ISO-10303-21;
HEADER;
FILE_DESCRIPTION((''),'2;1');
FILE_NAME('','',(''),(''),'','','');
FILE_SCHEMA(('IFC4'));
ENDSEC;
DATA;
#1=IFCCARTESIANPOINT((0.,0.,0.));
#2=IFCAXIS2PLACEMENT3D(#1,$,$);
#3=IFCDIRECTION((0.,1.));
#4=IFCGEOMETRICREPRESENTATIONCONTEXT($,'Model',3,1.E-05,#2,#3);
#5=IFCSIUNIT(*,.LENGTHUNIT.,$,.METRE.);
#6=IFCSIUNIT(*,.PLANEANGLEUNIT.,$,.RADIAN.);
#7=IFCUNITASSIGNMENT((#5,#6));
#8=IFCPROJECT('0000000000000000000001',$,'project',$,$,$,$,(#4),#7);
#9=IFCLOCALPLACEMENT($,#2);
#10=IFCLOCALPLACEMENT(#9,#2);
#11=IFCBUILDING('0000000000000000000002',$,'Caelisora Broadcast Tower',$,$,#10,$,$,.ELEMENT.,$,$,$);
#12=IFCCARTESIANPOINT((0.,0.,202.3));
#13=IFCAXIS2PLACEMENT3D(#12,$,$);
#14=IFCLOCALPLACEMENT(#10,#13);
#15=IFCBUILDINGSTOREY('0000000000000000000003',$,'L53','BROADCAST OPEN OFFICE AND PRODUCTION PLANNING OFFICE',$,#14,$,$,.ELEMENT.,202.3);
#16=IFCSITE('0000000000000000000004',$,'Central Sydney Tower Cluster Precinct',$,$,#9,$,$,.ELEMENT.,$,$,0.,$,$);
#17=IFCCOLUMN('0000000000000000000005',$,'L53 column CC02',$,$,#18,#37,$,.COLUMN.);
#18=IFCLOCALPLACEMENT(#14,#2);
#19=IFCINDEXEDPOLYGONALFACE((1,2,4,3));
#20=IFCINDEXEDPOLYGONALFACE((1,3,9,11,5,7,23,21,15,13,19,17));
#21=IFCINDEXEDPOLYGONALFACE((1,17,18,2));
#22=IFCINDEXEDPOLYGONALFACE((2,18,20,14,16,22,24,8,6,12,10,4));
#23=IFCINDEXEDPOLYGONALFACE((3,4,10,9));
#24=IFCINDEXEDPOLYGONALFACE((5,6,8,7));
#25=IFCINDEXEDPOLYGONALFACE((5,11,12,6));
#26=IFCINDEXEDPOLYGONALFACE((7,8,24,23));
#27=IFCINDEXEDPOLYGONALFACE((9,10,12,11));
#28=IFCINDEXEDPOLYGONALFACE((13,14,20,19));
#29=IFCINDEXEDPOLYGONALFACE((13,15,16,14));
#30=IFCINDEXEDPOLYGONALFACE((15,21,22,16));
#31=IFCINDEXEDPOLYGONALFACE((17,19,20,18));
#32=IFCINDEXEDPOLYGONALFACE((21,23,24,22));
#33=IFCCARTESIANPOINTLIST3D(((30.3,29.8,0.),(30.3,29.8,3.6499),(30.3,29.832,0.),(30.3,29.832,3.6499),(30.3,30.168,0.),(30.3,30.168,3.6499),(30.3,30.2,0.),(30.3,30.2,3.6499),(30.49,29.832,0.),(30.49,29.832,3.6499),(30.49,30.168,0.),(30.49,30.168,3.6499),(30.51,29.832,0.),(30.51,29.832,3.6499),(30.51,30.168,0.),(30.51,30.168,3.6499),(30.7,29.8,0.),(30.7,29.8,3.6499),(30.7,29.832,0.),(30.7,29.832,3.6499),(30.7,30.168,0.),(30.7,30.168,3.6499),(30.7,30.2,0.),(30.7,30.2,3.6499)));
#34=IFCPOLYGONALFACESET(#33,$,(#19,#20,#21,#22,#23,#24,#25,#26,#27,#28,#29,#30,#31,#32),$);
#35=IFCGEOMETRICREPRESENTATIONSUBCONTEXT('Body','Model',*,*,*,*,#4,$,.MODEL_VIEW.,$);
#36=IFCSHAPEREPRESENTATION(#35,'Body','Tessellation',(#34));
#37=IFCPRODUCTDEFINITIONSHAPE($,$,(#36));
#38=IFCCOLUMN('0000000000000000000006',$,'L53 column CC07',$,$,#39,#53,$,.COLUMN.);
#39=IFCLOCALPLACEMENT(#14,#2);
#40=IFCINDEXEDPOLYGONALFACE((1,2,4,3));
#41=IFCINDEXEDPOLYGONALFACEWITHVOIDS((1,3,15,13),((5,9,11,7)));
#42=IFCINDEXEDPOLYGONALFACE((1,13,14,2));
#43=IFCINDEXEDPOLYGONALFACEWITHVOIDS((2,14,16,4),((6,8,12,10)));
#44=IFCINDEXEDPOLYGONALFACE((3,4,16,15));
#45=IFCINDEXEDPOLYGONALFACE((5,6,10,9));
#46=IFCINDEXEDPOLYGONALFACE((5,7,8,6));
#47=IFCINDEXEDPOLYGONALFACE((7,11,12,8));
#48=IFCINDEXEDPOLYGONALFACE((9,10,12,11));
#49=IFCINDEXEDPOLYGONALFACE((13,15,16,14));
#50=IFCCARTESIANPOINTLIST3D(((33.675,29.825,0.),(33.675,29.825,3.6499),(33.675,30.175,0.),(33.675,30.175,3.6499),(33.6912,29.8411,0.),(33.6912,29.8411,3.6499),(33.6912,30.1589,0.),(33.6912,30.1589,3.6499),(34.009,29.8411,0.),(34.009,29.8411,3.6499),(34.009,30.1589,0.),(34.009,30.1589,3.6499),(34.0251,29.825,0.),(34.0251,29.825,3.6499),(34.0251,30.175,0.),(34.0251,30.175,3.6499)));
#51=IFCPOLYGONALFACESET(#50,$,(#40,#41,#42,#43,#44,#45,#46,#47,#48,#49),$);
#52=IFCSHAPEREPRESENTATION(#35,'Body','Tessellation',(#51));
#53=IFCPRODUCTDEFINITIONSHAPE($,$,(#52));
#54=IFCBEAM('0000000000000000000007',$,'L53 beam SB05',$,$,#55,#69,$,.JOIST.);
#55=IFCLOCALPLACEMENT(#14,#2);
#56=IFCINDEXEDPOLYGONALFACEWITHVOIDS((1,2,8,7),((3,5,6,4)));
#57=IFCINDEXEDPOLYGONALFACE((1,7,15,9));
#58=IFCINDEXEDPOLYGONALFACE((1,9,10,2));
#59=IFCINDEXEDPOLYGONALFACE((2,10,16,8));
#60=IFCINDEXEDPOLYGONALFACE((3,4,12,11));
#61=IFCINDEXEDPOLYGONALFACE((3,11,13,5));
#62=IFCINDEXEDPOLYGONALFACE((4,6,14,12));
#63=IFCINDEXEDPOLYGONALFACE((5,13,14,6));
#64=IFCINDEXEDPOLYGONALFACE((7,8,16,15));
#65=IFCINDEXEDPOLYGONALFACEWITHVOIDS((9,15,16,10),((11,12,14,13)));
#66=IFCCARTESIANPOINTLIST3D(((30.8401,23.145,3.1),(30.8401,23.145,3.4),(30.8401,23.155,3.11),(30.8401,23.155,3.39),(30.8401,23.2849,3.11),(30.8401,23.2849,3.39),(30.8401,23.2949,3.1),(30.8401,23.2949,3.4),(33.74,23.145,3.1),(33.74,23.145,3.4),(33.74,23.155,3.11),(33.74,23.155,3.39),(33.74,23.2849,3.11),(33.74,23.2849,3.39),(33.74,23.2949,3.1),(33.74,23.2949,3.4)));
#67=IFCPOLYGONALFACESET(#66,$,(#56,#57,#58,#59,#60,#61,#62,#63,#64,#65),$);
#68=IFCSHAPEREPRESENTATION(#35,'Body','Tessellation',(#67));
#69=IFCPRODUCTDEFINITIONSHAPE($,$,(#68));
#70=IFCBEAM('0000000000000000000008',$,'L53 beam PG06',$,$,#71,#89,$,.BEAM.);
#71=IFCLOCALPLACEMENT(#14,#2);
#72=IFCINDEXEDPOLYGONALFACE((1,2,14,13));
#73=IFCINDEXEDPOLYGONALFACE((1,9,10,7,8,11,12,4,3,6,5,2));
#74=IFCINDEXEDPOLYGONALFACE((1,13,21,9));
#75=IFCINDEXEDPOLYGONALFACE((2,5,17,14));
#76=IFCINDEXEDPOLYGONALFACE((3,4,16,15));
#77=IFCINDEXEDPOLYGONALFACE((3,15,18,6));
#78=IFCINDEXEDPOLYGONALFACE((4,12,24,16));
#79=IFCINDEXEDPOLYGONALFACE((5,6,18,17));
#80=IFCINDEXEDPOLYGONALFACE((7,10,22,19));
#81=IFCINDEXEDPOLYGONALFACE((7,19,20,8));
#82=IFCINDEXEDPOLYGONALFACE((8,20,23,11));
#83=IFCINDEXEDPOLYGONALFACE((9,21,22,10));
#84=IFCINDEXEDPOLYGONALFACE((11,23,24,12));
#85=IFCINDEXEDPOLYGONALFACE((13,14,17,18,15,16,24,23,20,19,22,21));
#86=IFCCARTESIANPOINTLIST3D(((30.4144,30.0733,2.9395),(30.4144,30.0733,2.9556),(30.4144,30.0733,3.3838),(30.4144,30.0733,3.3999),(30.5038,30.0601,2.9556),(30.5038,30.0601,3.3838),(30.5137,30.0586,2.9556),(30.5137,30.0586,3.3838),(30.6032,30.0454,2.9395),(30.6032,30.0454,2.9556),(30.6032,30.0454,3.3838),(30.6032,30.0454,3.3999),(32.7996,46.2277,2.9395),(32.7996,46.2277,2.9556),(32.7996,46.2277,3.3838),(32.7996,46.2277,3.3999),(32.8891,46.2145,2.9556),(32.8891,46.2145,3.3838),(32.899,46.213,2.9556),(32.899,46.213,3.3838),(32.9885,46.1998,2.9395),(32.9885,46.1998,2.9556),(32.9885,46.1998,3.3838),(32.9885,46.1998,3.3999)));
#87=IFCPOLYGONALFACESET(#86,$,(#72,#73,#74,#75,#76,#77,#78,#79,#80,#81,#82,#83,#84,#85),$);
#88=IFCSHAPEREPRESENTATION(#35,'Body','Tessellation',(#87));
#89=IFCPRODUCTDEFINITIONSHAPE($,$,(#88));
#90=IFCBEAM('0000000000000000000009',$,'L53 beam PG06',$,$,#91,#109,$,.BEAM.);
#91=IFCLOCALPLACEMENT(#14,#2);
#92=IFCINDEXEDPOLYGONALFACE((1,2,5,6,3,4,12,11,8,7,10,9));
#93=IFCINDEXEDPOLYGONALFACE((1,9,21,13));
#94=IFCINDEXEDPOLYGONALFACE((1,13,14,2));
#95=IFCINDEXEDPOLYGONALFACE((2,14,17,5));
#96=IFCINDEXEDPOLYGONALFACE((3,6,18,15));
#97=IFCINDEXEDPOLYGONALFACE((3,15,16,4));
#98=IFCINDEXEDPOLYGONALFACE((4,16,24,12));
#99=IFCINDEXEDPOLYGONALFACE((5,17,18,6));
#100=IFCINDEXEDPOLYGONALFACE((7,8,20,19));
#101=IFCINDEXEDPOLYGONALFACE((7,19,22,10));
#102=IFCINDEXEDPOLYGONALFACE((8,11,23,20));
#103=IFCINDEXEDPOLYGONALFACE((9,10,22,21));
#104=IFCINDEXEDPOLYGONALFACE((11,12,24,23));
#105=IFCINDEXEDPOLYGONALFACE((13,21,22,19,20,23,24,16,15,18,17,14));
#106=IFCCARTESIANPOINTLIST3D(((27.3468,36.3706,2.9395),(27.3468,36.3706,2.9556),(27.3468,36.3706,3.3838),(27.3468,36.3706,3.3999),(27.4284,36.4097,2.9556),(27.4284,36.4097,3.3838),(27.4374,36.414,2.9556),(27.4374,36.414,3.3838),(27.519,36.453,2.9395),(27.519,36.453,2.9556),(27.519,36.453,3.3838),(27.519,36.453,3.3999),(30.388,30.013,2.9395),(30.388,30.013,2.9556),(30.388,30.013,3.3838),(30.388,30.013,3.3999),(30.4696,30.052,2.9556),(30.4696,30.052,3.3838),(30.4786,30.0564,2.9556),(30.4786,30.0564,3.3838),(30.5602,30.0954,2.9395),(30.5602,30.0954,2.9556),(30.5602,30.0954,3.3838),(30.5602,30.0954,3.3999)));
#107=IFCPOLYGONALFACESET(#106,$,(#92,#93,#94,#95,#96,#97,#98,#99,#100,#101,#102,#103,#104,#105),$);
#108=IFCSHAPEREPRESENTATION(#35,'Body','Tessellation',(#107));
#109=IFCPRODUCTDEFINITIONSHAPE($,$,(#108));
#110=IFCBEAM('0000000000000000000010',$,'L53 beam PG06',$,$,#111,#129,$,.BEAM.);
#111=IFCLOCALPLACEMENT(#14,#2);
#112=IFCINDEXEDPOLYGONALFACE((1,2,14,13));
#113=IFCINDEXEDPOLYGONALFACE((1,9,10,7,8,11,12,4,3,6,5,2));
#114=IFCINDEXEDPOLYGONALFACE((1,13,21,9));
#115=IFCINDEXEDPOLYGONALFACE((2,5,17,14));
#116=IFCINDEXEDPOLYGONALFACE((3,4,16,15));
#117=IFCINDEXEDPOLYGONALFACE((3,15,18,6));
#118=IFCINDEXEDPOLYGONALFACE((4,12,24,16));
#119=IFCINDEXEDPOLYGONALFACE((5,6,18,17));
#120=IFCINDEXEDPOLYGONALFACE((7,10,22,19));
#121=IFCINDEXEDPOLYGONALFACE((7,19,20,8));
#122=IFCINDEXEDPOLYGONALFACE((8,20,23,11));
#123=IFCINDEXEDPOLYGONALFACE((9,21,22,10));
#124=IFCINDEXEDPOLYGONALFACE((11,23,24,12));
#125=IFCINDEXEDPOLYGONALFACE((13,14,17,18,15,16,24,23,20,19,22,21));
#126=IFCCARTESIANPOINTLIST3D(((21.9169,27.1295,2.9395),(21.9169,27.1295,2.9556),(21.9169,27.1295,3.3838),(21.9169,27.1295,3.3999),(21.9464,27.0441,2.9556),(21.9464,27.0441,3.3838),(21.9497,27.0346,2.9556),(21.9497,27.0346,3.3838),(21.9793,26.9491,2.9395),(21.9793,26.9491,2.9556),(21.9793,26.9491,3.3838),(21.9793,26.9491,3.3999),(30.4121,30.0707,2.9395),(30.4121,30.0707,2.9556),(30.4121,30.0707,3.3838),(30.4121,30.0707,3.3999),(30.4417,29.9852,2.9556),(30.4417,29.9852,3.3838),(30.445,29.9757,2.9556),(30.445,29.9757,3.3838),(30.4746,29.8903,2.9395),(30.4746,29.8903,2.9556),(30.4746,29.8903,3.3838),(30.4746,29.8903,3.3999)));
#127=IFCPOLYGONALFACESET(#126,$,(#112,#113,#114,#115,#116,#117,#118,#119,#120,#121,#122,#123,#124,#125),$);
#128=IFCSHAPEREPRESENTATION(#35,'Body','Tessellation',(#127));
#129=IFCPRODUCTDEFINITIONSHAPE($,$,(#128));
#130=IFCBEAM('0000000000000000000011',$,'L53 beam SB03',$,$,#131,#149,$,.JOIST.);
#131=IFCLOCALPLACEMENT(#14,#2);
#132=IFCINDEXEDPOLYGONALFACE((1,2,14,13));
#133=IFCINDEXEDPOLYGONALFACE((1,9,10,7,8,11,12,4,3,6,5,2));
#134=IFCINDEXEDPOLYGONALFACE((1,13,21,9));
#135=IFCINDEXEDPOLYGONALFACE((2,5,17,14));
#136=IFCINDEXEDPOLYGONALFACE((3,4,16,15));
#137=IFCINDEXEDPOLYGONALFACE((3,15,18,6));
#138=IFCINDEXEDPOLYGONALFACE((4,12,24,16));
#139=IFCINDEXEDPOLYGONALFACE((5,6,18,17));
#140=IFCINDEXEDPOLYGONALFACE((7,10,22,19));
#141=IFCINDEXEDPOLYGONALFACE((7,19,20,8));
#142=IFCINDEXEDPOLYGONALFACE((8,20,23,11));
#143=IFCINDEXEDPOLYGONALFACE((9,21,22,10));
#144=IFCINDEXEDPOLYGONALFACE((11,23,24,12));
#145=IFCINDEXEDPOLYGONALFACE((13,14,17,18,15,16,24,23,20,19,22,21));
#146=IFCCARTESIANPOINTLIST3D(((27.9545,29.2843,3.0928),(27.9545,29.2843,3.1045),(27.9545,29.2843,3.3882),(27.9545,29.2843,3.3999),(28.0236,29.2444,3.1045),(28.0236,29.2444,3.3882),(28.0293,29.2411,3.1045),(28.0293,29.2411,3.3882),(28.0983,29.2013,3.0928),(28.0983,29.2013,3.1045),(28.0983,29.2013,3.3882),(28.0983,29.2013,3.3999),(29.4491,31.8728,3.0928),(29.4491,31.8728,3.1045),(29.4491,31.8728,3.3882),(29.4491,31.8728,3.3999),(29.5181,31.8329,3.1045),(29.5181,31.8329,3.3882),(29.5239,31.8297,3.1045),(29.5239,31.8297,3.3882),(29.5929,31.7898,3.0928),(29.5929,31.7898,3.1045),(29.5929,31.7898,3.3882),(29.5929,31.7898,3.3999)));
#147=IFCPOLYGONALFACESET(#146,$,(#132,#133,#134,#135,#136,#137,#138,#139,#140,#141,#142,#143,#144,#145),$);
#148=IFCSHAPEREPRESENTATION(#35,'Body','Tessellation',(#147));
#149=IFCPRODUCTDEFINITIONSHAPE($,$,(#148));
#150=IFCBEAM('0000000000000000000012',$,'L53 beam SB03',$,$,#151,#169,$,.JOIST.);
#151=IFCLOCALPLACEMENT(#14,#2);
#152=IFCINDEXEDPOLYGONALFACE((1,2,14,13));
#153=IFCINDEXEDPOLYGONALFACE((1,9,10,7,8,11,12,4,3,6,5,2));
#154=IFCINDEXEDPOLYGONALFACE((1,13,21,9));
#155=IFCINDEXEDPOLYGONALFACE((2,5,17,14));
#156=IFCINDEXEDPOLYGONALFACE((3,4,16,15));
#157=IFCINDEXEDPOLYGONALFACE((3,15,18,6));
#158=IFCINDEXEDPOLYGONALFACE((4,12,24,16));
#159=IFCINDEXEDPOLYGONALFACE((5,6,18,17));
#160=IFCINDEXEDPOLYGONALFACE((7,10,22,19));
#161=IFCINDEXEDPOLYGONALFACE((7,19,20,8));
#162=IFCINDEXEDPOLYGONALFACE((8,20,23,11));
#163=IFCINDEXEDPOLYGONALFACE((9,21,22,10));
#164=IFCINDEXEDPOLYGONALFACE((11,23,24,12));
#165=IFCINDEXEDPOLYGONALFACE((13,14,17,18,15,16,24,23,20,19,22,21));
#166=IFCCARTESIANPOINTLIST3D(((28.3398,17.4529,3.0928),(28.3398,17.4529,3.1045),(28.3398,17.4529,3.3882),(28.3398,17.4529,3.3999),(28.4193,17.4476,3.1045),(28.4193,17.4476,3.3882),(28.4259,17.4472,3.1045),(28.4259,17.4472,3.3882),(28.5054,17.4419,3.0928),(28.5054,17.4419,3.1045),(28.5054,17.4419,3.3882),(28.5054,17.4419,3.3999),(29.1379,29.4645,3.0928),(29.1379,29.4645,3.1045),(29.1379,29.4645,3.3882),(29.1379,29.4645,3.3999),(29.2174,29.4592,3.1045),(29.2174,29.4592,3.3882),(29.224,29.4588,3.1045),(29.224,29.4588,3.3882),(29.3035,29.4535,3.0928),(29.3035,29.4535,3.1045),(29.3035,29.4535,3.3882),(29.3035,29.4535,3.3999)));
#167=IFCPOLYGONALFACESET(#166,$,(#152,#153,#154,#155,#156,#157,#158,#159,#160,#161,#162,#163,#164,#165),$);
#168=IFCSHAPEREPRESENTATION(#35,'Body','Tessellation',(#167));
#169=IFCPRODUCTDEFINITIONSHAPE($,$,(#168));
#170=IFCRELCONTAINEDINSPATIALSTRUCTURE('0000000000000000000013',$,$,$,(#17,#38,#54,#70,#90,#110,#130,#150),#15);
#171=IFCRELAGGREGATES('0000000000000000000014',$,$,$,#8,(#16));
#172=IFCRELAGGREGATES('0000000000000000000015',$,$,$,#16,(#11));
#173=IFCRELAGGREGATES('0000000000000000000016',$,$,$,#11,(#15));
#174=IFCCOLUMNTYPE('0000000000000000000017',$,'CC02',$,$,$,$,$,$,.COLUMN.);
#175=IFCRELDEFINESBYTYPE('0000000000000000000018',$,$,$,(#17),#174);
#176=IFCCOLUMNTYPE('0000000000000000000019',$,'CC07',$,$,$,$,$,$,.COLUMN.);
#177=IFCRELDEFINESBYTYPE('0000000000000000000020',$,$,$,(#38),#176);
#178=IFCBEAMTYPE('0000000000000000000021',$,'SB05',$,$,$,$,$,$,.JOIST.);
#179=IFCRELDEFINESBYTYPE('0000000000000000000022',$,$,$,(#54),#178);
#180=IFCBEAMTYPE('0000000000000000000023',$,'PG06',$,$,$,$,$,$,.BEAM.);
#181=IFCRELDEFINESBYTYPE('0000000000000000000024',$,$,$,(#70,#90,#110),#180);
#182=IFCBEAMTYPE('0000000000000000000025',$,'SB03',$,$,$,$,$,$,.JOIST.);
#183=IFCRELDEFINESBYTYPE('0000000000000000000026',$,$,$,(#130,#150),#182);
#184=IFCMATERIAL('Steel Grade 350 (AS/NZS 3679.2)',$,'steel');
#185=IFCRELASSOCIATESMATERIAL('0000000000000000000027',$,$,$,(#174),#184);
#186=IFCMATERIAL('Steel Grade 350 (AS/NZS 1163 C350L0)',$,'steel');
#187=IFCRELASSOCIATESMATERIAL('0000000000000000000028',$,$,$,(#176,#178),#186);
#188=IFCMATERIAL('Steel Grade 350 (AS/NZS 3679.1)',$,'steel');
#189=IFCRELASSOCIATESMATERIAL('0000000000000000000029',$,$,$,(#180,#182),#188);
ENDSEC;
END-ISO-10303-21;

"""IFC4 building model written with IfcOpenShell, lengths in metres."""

from ifc_helpers import new_model, si_unit, direction, frame, origin, origin_2d, place, context, subcontext, project, spatial, hollow_rectangle, i_section, extrude, source, transform, mapped, material, material_profile, profile_set, type_object, type_shapes, element, save


model = new_model("IFC4")

# Units and contexts
model_context = context("Model", 3, precision=1e-05, world=origin(), true_north=direction((0.0, 1.0)))
body_context = subcontext(model_context, "Body", "Model", "MODEL_VIEW")
ifc_project = project(units=[si_unit("LENGTHUNIT", "METRE"), si_unit("PLANEANGLEUNIT", "RADIAN")], contexts=[model_context])

# Site, building, storey
site_placement = place(None, origin())
site = spatial("IfcSite", under=ifc_project, at=site_placement, Name="Central Sydney Tower Cluster Precinct", CompositionType="ELEMENT", RefElevation=0.0)
building_placement = place(site_placement, origin())
building = spatial("IfcBuilding", under=site, at=building_placement, Name="Caelisora Broadcast Tower", CompositionType="ELEMENT")
storey_placement = place(building_placement, frame((0.0, 0.0, 202.3)))
storey = spatial("IfcBuildingStorey", under=building, at=storey_placement, Name="L53", Description="BROADCAST OPEN OFFICE AND PRODUCTION PLANNING OFFICE", CompositionType="ELEMENT", Elevation=202.3)

# Columns
ifc_material_1 = material(Name="Steel Grade 350 (AS/NZS 3679.2)", Category="steel")
ifc_material_profile_1 = material_profile(ifc_material_1, i_section(OverallWidth=0.3999, OverallDepth=0.3999, WebThickness=0.02, FlangeThickness=0.032, at=origin_2d()), Name="Steel Grade 350 (AS/NZS 3679.2)")
ifc_profile_set_1 = profile_set([ifc_material_profile_1], Name="Steel Grade 350 (AS/NZS 3679.2)")
column_type_1 = type_object("IfcColumnType", Name="CC02", PredefinedType="COLUMN", material=ifc_profile_set_1)
shared_shape_1 = source(origin(), body_context, "Body", "SweptSolid", [
    extrude(i_section(OverallWidth=0.3999, OverallDepth=0.3999, WebThickness=0.02, FlangeThickness=0.032, at=origin_2d()), origin(), (0.0, 0.0, 1.0), 3.6499),
])
type_shapes(column_type_1, [shared_shape_1])
column_1_placement = place(storey_placement, frame((30.5, 30.0, 0.0), z_axis=(0.0, 0.0, 1.0), x_axis=(1.0, 0.0, 0.0)))
element("IfcColumn", 1, at=column_1_placement, inside=storey, type_object=column_type_1, Name="L53 column CC02", PredefinedType="COLUMN", context=body_context, shape_type="MappedRepresentation", body=[
    mapped(shared_shape_1, transform((0.0, 0.0, 0.0), scale=1.0)),
])
ifc_material_2 = material(Name="Steel Grade 350 (AS/NZS 1163 C350L0)", Category="steel")
ifc_material_profile_2 = material_profile(ifc_material_2, hollow_rectangle(XDim=0.3501, YDim=0.3501, WallThickness=0.0161, at=origin_2d()), Name="Steel Grade 350 (AS/NZS 1163 C350L0)")
ifc_profile_set_2 = profile_set([ifc_material_profile_2], Name="Steel Grade 350 (AS/NZS 1163 C350L0)")
column_type_2 = type_object("IfcColumnType", Name="CC07", PredefinedType="COLUMN", material=ifc_profile_set_2)
shared_shape_2 = source(origin(), body_context, "Body", "SweptSolid", [
    extrude(hollow_rectangle(XDim=0.3501, YDim=0.3501, WallThickness=0.0161, at=origin_2d()), origin(), (0.0, 0.0, 1.0), 3.6499),
])
type_shapes(column_type_2, [shared_shape_2])
column_2_placement = place(storey_placement, frame((33.8501, 30.0, 0.0), z_axis=(0.0, 0.0, 1.0), x_axis=(1.0, 0.0, 0.0)))
element("IfcColumn", 2, at=column_2_placement, inside=storey, type_object=column_type_2, Name="L53 column CC07", PredefinedType="COLUMN", context=body_context, shape_type="MappedRepresentation", body=[
    mapped(shared_shape_2, transform((0.0, 0.0, 0.0), scale=1.0)),
])

# Beams
ifc_material_profile_3 = material_profile(ifc_material_2, hollow_rectangle(XDim=0.1499, YDim=0.3, WallThickness=0.01, at=origin_2d()), Name="Steel Grade 350 (AS/NZS 1163 C350L0)")
ifc_profile_set_3 = profile_set([ifc_material_profile_3], Name="Steel Grade 350 (AS/NZS 1163 C350L0)")
beam_type_1 = type_object("IfcBeamType", Name="SB05", PredefinedType="JOIST", material=ifc_profile_set_3)
shared_shape_3 = source(origin(), body_context, "Body", "SweptSolid", [
    extrude(hollow_rectangle(XDim=0.1499, YDim=0.3, WallThickness=0.01, at=origin_2d()), origin(), (0.0, 0.0, 1.0), 2.8999),
])
type_shapes(beam_type_1, [shared_shape_3])
beam_1_placement = place(storey_placement, frame((30.8401, 23.22, 3.25), z_axis=(1.0, 0.0, 0.0), x_axis=(0.0, 1.0, 0.0)))
element("IfcBeam", 3, at=beam_1_placement, inside=storey, type_object=beam_type_1, Name="L53 beam SB05", PredefinedType="JOIST", context=body_context, shape_type="MappedRepresentation", body=[
    mapped(shared_shape_3, transform((0.0, 0.0, 0.0), scale=1.0)),
])
ifc_material_3 = material(Name="Steel Grade 350 (AS/NZS 3679.1)", Category="steel")
ifc_material_profile_4 = material_profile(ifc_material_3, i_section(OverallWidth=0.1909, OverallDepth=0.4604, WebThickness=0.01, FlangeThickness=0.0161, at=origin_2d()), Name="Steel Grade 350 (AS/NZS 3679.1)")
ifc_profile_set_4 = profile_set([ifc_material_profile_4], Name="Steel Grade 350 (AS/NZS 3679.1)")
beam_type_2 = type_object("IfcBeamType", Name="PG06", PredefinedType="BEAM", material=ifc_profile_set_4)
shared_shape_4 = source(origin(), body_context, "Body", "SweptSolid", [
    extrude(i_section(OverallWidth=0.1909, OverallDepth=0.4604, WebThickness=0.01, FlangeThickness=0.0161, at=origin_2d()), origin(), (0.0, 0.0, 1.0), 16.3296),
])
beam_2_placement = place(storey_placement, frame((30.5088, 30.0593, 3.1697), z_axis=(0.146069, 0.989274, 0.0), x_axis=(-0.989274, 0.146069, 0.0)))
element("IfcBeam", 4, at=beam_2_placement, inside=storey, type_object=beam_type_2, Name="L53 beam PG06", PredefinedType="BEAM", context=body_context, shape_type="MappedRepresentation", body=[
    mapped(shared_shape_4, transform((0.0, 0.0, 0.0), scale=1.0)),
])
shared_shape_5 = source(origin(), body_context, "Body", "SweptSolid", [
    extrude(i_section(OverallWidth=0.1909, OverallDepth=0.4604, WebThickness=0.01, FlangeThickness=0.0161, at=origin_2d()), origin(), (0.0, 0.0, 1.0), 7.0476),
])
beam_3_placement = place(storey_placement, frame((30.4741, 30.0542, 3.1697), z_axis=(-0.431529, 0.902099, 0.0), x_axis=(-0.902099, -0.431529, 0.0)))
element("IfcBeam", 5, at=beam_3_placement, inside=storey, type_object=beam_type_2, Name="L53 beam PG06", PredefinedType="BEAM", context=body_context, shape_type="MappedRepresentation", body=[
    mapped(shared_shape_5, transform((0.0, 0.0, 0.0), scale=1.0)),
])
shared_shape_6 = source(origin(), body_context, "Body", "SweptSolid", [
    extrude(i_section(OverallWidth=0.1909, OverallDepth=0.4604, WebThickness=0.01, FlangeThickness=0.0161, at=origin_2d()), origin(), (0.0, 0.0, 1.0), 8.99),
])
type_shapes(beam_type_2, [shared_shape_4, shared_shape_5, shared_shape_6])
beam_4_placement = place(storey_placement, frame((30.4434, 29.9805, 3.1697), z_axis=(-0.94497, -0.327156, 0.0), x_axis=(0.327156, -0.94497, 0.0)))
element("IfcBeam", 6, at=beam_4_placement, inside=storey, type_object=beam_type_2, Name="L53 beam PG06", PredefinedType="BEAM", context=body_context, shape_type="MappedRepresentation", body=[
    mapped(shared_shape_6, transform((0.0, 0.0, 0.0), scale=1.0)),
])
ifc_material_profile_5 = material_profile(ifc_material_3, i_section(OverallWidth=0.166, OverallDepth=0.3071, WebThickness=0.0066, FlangeThickness=0.0117, at=origin_2d()), Name="Steel Grade 350 (AS/NZS 3679.1)")
ifc_profile_set_5 = profile_set([ifc_material_profile_5], Name="Steel Grade 350 (AS/NZS 3679.1)")
beam_type_3 = type_object("IfcBeamType", Name="SB03", PredefinedType="JOIST", material=ifc_profile_set_5)
shared_shape_7 = source(origin(), body_context, "Body", "SweptSolid", [
    extrude(i_section(OverallWidth=0.166, OverallDepth=0.3071, WebThickness=0.0066, FlangeThickness=0.0117, at=origin_2d()), origin(), (0.0, 0.0, 1.0), 2.989),
])
beam_5_placement = place(storey_placement, frame((29.521, 31.8313, 3.2463), z_axis=(-0.500022, -0.866013, 0.0), x_axis=(0.866013, -0.500022, 0.0)))
element("IfcBeam", 7, at=beam_5_placement, inside=storey, type_object=beam_type_3, Name="L53 beam SB03", PredefinedType="JOIST", context=body_context, shape_type="MappedRepresentation", body=[
    mapped(shared_shape_7, transform((0.0, 0.0, 0.0), scale=1.0)),
])
shared_shape_8 = source(origin(), body_context, "Body", "SweptSolid", [
    extrude(i_section(OverallWidth=0.166, OverallDepth=0.3071, WebThickness=0.0066, FlangeThickness=0.0117, at=origin_2d()), origin(), (0.0, 0.0, 1.0), 12.0381),
])
beam_6_placement = place(storey_placement, frame((29.2207, 29.459, 3.2463), z_axis=(-0.066297, -0.9978, 0.0), x_axis=(0.9978, -0.066297, 0.0)))
element("IfcBeam", 8, at=beam_6_placement, inside=storey, type_object=beam_type_3, Name="L53 beam SB03", PredefinedType="JOIST", context=body_context, shape_type="MappedRepresentation", body=[
    mapped(shared_shape_8, transform((0.0, 0.0, 0.0), scale=1.0)),
])

save(model, "model.ifc")
